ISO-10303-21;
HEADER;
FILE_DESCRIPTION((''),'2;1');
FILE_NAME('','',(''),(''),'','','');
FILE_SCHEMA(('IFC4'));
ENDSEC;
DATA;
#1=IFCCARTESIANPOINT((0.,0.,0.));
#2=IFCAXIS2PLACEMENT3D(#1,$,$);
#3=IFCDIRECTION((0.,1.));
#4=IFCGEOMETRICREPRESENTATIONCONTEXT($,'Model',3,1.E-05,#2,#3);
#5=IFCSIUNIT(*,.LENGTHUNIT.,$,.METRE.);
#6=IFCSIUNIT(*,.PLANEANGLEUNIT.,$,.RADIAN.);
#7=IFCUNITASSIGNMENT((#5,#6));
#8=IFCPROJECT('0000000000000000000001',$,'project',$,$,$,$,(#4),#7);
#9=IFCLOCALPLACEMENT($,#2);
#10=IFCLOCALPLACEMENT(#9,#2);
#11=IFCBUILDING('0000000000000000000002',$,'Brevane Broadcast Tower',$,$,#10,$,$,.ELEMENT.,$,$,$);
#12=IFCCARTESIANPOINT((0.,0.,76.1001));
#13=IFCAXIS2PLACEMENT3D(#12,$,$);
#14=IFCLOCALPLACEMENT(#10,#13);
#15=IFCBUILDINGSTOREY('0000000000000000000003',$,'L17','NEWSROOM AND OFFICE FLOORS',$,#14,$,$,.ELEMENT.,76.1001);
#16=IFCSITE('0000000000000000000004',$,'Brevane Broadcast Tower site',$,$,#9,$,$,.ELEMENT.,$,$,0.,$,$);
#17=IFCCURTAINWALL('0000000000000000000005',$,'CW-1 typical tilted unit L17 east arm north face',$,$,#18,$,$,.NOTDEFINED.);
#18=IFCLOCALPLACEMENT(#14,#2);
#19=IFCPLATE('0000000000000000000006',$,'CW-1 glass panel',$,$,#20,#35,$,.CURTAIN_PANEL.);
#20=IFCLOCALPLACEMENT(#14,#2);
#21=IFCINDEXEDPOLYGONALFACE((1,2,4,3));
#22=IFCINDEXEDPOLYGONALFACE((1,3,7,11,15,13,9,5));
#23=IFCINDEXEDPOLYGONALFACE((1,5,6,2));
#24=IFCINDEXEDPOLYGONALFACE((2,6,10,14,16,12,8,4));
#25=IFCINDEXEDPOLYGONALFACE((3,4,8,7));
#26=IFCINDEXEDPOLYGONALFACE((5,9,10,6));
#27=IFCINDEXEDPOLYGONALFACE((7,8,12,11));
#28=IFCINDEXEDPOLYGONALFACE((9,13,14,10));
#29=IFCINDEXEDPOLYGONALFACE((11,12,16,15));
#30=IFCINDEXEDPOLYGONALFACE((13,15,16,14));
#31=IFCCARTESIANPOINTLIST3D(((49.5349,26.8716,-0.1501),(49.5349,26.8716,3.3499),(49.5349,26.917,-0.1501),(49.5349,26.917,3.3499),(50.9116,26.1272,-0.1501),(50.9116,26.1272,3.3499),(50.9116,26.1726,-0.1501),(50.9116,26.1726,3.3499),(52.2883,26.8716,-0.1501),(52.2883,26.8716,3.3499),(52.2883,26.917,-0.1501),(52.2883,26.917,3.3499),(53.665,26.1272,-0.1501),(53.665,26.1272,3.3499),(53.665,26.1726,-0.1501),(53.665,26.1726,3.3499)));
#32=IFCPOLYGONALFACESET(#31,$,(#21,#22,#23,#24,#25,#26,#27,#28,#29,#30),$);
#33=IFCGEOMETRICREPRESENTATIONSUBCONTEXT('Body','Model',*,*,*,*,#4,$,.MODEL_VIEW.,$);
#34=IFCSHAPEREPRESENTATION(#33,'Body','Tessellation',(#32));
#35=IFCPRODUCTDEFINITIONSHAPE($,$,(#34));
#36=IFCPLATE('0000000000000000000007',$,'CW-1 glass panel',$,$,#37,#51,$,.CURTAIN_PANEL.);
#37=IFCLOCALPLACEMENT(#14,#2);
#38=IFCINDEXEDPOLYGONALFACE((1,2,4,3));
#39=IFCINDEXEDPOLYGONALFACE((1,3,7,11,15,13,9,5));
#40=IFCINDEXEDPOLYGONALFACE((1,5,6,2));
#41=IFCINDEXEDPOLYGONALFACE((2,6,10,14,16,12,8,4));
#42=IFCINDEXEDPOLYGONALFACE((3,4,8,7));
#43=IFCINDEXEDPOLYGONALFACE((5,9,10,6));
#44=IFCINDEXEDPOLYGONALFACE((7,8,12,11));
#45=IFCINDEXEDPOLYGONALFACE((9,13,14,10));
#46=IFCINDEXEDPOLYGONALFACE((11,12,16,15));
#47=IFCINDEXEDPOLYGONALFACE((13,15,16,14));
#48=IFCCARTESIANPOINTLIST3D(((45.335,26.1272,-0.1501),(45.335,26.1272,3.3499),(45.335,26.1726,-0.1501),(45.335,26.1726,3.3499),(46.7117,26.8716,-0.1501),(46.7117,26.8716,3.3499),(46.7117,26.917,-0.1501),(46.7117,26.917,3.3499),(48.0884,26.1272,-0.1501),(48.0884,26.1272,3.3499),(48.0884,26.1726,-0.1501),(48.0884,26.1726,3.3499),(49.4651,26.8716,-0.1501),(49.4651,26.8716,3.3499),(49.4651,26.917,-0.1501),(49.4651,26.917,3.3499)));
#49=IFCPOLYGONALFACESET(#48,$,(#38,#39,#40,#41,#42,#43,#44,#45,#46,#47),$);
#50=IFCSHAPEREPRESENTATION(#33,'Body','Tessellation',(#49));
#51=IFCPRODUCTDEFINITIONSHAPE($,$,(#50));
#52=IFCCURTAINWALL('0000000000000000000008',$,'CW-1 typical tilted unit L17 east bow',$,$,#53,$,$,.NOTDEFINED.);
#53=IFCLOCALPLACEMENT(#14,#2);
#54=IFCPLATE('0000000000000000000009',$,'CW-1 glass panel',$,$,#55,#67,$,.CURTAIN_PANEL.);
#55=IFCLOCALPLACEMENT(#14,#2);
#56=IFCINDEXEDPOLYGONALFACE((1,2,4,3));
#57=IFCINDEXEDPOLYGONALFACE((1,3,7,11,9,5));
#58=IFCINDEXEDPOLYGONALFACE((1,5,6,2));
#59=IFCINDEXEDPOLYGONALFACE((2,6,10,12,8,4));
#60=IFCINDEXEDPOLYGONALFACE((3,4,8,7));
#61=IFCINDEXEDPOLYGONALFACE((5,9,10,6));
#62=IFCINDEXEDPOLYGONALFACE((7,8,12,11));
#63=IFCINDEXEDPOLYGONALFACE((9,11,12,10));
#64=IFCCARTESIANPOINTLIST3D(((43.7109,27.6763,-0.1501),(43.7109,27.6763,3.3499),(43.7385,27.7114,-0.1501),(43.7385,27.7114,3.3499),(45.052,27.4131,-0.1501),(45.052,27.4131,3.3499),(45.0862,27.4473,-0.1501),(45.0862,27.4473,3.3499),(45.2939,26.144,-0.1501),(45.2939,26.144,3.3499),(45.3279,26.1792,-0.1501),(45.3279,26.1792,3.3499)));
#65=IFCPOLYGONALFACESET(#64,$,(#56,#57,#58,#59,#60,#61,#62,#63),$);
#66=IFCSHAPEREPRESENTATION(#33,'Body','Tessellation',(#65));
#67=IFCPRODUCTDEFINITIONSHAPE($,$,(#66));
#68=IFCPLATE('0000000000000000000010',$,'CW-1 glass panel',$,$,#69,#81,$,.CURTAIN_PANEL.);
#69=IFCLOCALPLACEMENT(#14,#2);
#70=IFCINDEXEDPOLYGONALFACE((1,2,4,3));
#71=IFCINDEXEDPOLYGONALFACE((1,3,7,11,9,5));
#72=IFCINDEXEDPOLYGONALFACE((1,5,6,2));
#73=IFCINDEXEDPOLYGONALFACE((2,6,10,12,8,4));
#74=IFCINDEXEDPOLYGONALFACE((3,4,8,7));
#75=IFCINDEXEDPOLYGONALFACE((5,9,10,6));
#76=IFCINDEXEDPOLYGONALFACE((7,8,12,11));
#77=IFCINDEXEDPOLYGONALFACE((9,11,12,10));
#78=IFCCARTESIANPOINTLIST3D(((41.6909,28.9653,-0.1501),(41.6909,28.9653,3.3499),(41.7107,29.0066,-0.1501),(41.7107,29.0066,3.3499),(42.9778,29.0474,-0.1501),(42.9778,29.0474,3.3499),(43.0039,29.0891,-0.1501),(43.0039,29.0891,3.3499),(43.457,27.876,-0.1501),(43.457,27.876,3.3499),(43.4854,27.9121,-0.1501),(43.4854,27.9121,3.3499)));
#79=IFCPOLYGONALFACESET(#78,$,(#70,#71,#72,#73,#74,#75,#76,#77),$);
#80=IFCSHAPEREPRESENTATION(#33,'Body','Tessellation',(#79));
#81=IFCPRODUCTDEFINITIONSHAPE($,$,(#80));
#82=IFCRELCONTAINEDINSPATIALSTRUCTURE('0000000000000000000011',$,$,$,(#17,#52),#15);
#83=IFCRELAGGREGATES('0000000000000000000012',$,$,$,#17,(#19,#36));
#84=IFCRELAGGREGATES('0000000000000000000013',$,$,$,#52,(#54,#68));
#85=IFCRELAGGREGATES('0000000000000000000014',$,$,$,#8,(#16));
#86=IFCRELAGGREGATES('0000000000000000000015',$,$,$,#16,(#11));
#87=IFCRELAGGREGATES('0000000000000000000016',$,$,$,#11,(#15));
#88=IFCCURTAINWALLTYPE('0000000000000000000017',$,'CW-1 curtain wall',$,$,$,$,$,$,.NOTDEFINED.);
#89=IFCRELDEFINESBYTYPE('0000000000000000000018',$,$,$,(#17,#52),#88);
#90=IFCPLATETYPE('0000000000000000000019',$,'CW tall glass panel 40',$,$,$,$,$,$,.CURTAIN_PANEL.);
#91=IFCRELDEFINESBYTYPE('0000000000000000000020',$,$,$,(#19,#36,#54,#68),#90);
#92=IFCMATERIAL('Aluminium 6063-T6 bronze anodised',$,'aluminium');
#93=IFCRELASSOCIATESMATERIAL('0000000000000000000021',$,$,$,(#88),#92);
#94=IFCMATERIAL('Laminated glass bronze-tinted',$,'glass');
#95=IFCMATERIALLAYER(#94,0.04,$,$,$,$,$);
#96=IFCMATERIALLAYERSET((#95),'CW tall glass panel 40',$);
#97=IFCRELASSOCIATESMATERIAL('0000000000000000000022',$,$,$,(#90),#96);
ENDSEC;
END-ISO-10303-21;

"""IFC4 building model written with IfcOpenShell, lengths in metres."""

from ifc_helpers import new_model, si_unit, direction, frame, origin, place, context, subcontext, project, spatial, polyline, outline, extrude, material, layer, layer_set, type_object, element, aggregate, save


model = new_model("IFC4")

# Units and contexts
model_context = context("Model", 3, precision=1e-05, world=origin(), true_north=direction((0.0, 1.0)))
body_context = subcontext(model_context, "Body", "Model", "MODEL_VIEW")
ifc_project = project(units=[si_unit("LENGTHUNIT", "METRE"), si_unit("PLANEANGLEUNIT", "RADIAN")], contexts=[model_context])

# Site, building, storey
site_placement = place(None, origin())
site = spatial("IfcSite", under=ifc_project, at=site_placement, Name="Brevane Broadcast Tower site", CompositionType="ELEMENT", RefElevation=0.0)
building_placement = place(site_placement, origin())
building = spatial("IfcBuilding", under=site, at=building_placement, Name="Brevane Broadcast Tower", CompositionType="ELEMENT")
storey_placement = place(building_placement, frame((0.0, 0.0, 76.1001)))
storey = spatial("IfcBuildingStorey", under=building, at=storey_placement, Name="L17", Description="NEWSROOM AND OFFICE FLOORS", CompositionType="ELEMENT", Elevation=76.1001)

# Curtain walls, plates
ifc_material_1 = material(Name="Aluminium 6063-T6 bronze anodised", Category="aluminium")
curtain_wall_type = type_object("IfcCurtainWallType", Name="CW-1 curtain wall", PredefinedType="NOTDEFINED", material=ifc_material_1)
ifc_material_2 = material(Name="Laminated glass bronze-tinted", Category="glass")
ifc_layer = layer(ifc_material_2, 0.04)
ifc_layer_set = layer_set([ifc_layer], Name="CW tall glass panel 40")
plate_type = type_object("IfcPlateType", Name="CW tall glass panel 40", PredefinedType="CURTAIN_PANEL", material=ifc_layer_set)
curtain_wall_1_placement = place(storey_placement, origin())
curtain_wall_1 = element("IfcCurtainWall", 1, at=curtain_wall_1_placement, inside=storey, type_object=curtain_wall_type, Name="CW-1 typical tilted unit L17 east arm north face", PredefinedType="NOTDEFINED")
plate_1_placement = place(storey_placement, frame((0.0, 0.0, -0.1501)))
plate_1 = element("IfcPlate", 2, at=plate_1_placement, type_object=plate_type, Name="CW-1 glass panel", PredefinedType="CURTAIN_PANEL", context=body_context, shape_type="SweptSolid", body=[
    extrude(outline(polyline([(53.665, 26.1272), (53.665, 26.1726), (52.2883, 26.917), (50.9116, 26.1726), (49.5349, 26.917), (49.5349, 26.8716), (50.9116, 26.1272), (52.2883, 26.8716), (53.665, 26.1272)])), origin(), (0.0, 0.0, 1.0), 3.5),
])
plate_2_placement = place(storey_placement, frame((0.0, 0.0, -0.1501)))
plate_2 = element("IfcPlate", 3, at=plate_2_placement, type_object=plate_type, Name="CW-1 glass panel", PredefinedType="CURTAIN_PANEL", context=body_context, shape_type="SweptSolid", body=[
    extrude(outline(polyline([(49.4651, 26.8716), (49.4651, 26.917), (48.0884, 26.1726), (46.7117, 26.917), (45.335, 26.1726), (45.335, 26.1272), (46.7117, 26.8716), (48.0884, 26.1272), (49.4651, 26.8716)])), origin(), (0.0, 0.0, 1.0), 3.5),
])
aggregate(curtain_wall_1, [plate_1, plate_2])
curtain_wall_2_placement = place(storey_placement, origin())
curtain_wall_2 = element("IfcCurtainWall", 4, at=curtain_wall_2_placement, inside=storey, type_object=curtain_wall_type, Name="CW-1 typical tilted unit L17 east bow", PredefinedType="NOTDEFINED")
plate_3_placement = place(storey_placement, frame((0.0, 0.0, -0.1501)))
plate_3 = element("IfcPlate", 5, at=plate_3_placement, type_object=plate_type, Name="CW-1 glass panel", PredefinedType="CURTAIN_PANEL", context=body_context, shape_type="SweptSolid", body=[
    extrude(outline(polyline([(45.2939, 26.144), (45.3279, 26.1792), (45.0862, 27.4473), (43.7385, 27.7114), (43.7109, 27.6763), (45.052, 27.4131), (45.2939, 26.144)])), origin(), (0.0, 0.0, 1.0), 3.5),
])
plate_4_placement = place(storey_placement, frame((0.0, 0.0, -0.1501)))
plate_4 = element("IfcPlate", 6, at=plate_4_placement, type_object=plate_type, Name="CW-1 glass panel", PredefinedType="CURTAIN_PANEL", context=body_context, shape_type="SweptSolid", body=[
    extrude(outline(polyline([(43.457, 27.876), (43.4854, 27.9121), (43.0039, 29.0891), (41.7107, 29.0066), (41.6909, 28.9653), (42.9778, 29.0474), (43.457, 27.876)])), origin(), (0.0, 0.0, 1.0), 3.5),
])
aggregate(curtain_wall_2, [plate_3, plate_4])

save(model, "model.ifc")
